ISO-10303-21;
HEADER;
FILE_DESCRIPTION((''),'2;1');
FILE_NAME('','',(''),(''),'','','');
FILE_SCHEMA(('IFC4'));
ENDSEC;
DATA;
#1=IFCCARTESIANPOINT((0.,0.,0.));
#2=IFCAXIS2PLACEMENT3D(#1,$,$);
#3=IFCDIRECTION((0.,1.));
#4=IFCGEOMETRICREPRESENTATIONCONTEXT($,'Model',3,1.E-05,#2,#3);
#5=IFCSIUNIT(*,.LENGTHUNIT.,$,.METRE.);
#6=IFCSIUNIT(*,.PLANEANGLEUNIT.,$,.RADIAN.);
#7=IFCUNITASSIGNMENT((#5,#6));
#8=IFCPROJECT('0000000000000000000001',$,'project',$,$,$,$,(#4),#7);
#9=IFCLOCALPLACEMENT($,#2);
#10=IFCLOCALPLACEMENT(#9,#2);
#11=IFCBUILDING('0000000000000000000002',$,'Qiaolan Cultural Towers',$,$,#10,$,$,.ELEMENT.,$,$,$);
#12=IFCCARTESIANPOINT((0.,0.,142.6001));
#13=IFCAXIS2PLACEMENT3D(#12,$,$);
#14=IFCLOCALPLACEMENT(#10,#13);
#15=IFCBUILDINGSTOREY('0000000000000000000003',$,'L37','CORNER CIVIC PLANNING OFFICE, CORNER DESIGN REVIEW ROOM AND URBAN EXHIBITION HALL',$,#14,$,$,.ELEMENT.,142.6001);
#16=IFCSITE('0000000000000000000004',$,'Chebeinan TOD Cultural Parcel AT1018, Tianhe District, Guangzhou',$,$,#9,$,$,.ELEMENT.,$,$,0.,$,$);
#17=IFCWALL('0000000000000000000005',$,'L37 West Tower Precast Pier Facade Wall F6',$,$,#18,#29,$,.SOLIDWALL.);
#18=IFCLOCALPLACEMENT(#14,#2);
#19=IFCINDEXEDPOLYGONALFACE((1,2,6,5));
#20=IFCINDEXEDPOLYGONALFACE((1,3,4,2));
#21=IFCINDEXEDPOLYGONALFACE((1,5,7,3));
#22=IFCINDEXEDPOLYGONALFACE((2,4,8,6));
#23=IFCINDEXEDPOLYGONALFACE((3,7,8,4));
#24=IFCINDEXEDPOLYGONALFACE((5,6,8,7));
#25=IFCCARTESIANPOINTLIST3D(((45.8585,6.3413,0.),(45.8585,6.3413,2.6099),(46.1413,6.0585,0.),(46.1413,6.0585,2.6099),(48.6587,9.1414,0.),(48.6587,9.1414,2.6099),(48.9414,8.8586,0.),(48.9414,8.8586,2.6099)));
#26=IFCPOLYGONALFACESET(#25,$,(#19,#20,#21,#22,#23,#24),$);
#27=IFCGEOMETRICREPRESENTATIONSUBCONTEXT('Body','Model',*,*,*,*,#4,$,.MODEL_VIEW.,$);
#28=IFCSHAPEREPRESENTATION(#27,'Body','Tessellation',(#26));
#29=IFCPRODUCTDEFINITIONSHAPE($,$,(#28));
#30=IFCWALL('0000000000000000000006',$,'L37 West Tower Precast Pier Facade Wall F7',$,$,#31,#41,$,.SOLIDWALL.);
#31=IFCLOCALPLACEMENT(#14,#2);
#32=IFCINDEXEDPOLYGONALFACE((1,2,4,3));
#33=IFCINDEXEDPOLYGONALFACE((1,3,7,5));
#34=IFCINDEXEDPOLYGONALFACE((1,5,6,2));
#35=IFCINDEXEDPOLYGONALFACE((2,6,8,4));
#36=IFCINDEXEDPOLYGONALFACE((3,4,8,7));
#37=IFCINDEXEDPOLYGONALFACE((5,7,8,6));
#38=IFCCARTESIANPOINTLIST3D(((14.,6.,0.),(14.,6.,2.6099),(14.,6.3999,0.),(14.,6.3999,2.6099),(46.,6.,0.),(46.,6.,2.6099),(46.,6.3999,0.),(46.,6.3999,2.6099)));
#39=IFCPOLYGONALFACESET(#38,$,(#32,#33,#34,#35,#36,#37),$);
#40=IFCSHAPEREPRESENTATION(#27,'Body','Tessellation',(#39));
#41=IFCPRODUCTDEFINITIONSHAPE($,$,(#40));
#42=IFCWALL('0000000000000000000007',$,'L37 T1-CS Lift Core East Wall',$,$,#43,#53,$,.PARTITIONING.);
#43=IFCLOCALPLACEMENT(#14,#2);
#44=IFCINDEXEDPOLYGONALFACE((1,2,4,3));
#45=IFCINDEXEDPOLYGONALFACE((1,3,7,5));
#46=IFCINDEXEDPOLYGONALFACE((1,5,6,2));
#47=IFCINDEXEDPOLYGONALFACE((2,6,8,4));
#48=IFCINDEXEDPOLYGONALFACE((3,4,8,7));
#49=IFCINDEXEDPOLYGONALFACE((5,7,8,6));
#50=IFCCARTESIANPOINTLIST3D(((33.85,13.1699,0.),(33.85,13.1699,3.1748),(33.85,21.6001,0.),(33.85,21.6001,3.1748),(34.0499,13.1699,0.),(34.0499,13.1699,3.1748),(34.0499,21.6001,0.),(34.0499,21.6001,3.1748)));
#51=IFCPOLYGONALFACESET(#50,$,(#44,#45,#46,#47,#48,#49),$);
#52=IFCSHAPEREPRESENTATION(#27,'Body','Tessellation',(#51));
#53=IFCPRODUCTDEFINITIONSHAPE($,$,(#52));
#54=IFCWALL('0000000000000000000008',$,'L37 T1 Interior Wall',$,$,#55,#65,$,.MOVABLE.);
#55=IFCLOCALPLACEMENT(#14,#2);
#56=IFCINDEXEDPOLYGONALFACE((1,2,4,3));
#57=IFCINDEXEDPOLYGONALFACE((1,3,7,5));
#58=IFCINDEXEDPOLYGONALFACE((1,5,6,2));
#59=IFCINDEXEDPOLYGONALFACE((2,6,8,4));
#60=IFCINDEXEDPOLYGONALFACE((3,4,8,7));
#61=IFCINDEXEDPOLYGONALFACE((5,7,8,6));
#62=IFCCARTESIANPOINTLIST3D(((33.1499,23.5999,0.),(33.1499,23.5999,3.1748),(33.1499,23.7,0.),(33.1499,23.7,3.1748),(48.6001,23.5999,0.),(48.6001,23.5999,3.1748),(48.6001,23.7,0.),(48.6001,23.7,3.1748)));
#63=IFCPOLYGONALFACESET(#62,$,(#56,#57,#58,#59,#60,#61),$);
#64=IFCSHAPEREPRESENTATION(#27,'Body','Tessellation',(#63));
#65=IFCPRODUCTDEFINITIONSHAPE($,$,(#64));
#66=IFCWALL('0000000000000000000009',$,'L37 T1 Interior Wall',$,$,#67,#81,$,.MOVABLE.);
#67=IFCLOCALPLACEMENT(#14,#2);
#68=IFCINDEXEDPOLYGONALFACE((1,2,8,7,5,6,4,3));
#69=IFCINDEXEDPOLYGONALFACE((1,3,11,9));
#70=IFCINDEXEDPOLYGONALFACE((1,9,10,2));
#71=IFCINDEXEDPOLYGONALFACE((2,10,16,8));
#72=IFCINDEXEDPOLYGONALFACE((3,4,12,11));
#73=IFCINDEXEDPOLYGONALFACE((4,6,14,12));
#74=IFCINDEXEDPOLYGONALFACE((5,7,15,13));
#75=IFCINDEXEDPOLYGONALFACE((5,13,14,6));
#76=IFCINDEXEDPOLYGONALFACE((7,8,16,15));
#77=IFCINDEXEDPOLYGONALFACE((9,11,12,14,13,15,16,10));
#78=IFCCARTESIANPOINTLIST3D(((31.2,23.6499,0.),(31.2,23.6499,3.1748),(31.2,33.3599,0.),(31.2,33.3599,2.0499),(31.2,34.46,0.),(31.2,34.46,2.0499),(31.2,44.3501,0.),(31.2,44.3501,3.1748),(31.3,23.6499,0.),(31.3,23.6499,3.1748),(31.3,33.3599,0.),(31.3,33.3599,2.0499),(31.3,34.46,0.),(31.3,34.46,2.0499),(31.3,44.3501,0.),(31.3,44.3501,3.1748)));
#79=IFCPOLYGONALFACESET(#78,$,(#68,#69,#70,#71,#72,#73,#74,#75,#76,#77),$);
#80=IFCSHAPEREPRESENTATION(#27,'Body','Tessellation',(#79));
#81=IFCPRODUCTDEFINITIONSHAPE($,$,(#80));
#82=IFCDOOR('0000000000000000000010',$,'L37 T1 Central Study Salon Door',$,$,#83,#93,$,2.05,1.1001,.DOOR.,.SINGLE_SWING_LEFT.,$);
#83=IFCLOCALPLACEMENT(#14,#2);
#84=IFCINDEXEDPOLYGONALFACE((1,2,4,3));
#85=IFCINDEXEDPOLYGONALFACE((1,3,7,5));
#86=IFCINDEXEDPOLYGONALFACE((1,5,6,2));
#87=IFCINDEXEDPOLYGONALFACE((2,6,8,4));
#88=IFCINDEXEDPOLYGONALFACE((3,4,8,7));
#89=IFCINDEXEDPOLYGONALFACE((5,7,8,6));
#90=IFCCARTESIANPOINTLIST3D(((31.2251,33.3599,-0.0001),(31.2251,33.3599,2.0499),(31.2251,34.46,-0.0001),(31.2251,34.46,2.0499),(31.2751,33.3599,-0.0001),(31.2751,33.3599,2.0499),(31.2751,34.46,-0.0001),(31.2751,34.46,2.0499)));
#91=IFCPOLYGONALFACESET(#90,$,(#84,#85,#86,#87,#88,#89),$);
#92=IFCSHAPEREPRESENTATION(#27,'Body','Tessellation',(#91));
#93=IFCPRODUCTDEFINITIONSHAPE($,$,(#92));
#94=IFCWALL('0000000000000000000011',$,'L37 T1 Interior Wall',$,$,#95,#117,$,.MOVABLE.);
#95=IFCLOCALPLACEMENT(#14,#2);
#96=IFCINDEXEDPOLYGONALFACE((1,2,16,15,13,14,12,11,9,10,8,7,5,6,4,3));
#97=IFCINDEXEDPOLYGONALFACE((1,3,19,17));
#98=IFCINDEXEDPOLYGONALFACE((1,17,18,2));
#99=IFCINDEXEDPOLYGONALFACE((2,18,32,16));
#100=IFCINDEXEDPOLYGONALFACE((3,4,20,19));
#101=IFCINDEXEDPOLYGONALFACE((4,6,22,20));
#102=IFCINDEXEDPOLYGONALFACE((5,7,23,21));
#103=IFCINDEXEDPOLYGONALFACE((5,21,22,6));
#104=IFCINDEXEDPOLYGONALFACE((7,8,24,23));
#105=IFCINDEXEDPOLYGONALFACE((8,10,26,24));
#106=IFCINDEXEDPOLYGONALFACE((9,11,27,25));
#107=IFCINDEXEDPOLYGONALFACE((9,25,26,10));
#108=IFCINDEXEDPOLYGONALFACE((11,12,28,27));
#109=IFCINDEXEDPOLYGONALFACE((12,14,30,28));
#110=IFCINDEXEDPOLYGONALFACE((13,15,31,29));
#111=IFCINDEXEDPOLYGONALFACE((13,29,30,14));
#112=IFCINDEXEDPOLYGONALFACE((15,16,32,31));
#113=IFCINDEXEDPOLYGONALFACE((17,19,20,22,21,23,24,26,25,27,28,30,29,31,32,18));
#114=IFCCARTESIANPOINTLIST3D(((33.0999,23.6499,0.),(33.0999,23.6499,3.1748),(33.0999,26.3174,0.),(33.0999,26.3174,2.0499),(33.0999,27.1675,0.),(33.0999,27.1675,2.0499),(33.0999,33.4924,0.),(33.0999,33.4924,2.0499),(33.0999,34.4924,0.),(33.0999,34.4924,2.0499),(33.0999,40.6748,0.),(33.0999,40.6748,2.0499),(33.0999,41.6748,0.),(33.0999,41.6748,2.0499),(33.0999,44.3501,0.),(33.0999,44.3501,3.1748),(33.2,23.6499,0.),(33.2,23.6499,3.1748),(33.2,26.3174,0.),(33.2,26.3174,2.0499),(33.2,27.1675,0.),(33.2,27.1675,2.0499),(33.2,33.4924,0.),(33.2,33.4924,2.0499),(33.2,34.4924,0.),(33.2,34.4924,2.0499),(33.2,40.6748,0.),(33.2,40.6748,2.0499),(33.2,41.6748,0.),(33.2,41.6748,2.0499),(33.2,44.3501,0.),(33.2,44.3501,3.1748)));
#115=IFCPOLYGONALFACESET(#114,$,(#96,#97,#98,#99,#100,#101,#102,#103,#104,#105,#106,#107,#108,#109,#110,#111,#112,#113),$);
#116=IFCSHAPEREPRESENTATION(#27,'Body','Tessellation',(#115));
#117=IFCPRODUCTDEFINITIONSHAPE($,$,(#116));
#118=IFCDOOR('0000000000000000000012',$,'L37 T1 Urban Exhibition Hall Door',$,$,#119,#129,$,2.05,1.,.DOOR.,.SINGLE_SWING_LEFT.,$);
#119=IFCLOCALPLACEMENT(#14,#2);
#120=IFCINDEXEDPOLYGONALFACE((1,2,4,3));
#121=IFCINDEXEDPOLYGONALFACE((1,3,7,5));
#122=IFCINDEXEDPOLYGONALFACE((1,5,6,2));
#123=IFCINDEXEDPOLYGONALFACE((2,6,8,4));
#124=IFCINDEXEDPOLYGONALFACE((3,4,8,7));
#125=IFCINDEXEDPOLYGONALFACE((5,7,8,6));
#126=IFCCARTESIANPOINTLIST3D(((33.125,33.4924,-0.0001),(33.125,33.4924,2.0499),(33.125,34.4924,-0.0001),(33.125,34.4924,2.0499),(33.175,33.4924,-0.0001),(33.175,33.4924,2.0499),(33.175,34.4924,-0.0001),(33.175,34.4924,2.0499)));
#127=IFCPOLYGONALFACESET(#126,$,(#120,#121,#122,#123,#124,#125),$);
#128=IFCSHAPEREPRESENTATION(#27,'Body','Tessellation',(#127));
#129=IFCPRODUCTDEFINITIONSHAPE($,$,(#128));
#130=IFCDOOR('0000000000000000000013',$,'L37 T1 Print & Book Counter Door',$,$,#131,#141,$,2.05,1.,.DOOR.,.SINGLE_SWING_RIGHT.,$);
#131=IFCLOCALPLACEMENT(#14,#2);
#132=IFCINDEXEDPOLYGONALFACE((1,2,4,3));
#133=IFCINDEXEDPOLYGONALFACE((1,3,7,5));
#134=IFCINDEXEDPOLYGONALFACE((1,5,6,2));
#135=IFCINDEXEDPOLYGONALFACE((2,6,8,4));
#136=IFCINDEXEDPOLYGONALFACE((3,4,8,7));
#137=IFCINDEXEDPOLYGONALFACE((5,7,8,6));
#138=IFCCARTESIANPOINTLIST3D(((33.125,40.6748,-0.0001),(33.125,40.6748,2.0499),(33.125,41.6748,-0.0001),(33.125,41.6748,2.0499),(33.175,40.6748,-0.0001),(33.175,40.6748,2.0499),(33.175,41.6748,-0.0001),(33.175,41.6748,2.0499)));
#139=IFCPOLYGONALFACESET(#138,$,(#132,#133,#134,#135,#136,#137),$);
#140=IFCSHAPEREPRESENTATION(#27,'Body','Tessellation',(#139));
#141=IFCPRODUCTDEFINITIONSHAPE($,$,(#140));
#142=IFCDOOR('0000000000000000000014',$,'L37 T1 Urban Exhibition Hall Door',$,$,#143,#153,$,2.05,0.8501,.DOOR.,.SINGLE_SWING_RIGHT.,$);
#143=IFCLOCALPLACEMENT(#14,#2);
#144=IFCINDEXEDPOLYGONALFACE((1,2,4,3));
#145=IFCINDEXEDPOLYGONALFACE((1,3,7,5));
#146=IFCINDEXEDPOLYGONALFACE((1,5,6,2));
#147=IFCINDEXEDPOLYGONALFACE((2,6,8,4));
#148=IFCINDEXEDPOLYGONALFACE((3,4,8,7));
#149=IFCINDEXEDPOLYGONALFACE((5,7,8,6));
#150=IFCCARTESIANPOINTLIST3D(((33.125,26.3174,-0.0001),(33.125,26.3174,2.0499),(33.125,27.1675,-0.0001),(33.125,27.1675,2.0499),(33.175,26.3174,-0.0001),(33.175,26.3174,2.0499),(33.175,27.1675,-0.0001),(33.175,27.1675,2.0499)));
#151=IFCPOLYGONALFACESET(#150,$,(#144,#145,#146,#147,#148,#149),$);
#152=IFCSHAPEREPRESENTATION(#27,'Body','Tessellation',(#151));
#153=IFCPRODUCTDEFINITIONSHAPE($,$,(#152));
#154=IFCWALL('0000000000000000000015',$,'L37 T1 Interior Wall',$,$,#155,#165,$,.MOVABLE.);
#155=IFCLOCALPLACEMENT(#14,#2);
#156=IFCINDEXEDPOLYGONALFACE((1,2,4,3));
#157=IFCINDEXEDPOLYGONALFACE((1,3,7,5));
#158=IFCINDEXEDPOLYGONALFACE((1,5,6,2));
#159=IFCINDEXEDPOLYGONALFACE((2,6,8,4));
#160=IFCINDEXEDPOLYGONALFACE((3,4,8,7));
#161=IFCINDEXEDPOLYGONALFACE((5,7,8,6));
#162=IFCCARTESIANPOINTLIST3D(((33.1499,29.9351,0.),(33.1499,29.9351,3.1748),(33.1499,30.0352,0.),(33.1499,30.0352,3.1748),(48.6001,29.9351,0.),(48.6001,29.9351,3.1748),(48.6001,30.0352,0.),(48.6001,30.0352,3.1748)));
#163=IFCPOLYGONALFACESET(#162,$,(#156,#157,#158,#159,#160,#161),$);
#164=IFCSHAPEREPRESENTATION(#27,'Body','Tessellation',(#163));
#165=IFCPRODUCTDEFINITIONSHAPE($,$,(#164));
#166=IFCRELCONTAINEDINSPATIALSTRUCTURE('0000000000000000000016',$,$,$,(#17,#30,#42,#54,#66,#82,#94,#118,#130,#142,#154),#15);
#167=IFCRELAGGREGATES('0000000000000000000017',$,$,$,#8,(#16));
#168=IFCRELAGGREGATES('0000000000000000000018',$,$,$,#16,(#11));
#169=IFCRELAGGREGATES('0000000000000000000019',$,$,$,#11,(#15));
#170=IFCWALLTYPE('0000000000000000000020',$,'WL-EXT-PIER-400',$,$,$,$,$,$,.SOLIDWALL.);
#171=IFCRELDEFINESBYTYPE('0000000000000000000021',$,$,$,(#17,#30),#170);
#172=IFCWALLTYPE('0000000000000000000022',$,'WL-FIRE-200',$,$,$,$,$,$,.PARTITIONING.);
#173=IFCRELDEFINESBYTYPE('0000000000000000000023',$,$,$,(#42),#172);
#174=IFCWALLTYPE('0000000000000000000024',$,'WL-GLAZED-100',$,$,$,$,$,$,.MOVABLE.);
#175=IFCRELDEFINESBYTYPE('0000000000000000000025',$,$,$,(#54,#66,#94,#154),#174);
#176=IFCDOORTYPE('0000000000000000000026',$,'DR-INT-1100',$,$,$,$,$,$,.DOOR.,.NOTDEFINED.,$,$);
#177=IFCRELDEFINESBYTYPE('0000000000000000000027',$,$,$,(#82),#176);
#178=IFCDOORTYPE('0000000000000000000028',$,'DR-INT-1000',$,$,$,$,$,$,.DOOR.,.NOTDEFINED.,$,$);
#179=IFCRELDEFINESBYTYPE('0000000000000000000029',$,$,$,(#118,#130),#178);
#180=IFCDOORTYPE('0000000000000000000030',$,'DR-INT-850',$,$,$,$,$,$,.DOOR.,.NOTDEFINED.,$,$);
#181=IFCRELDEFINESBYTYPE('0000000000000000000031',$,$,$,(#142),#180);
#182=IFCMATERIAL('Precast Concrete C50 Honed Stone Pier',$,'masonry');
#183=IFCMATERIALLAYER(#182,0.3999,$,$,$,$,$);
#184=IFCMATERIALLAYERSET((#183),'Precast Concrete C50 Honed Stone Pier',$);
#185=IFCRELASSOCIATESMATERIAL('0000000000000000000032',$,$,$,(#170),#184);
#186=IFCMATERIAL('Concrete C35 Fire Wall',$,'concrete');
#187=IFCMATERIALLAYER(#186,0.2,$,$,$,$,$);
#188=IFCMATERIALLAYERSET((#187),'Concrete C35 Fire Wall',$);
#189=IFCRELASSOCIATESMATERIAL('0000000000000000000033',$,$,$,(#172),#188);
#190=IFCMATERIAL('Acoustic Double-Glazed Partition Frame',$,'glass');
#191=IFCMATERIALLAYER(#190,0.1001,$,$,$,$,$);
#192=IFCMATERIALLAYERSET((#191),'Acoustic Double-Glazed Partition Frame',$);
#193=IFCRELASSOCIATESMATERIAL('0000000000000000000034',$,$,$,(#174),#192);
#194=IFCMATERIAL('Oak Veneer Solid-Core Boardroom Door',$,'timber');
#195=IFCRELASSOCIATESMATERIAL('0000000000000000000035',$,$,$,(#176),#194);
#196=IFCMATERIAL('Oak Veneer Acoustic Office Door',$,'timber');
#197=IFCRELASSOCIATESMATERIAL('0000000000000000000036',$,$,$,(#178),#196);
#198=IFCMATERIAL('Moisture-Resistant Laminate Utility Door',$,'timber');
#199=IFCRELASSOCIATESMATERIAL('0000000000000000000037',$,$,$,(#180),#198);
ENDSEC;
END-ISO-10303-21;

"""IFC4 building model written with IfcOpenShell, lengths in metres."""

from ifc_helpers import new_model, si_unit, direction, frame, frame_2d, origin, place, context, subcontext, project, spatial, rectangle, extrude, material, layer, layer_set, type_object, element, fill, save


model = new_model("IFC4")

# Units and contexts
model_context = context("Model", 3, precision=1e-05, world=origin(), true_north=direction((0.0, 1.0)))
body_context = subcontext(model_context, "Body", "Model", "MODEL_VIEW")
ifc_project = project(units=[si_unit("LENGTHUNIT", "METRE"), si_unit("PLANEANGLEUNIT", "RADIAN")], contexts=[model_context])

# Site, building, storey
site_placement = place(None, origin())
site = spatial("IfcSite", under=ifc_project, at=site_placement, Name="Chebeinan TOD Cultural Parcel AT1018, Tianhe District, Guangzhou", CompositionType="ELEMENT", RefElevation=0.0)
building_placement = place(site_placement, origin())
building = spatial("IfcBuilding", under=site, at=building_placement, Name="Qiaolan Cultural Towers", CompositionType="ELEMENT")
storey_placement = place(building_placement, frame((0.0, 0.0, 142.6001)))
storey = spatial("IfcBuildingStorey", under=building, at=storey_placement, Name="L37", Description="CORNER CIVIC PLANNING OFFICE, CORNER DESIGN REVIEW ROOM AND URBAN EXHIBITION HALL", CompositionType="ELEMENT", Elevation=142.6001)

# Walls
ifc_material_1 = material(Name="Precast Concrete C50 Honed Stone Pier", Category="masonry")
ifc_layer_1 = layer(ifc_material_1, 0.3999)
ifc_layer_set_1 = layer_set([ifc_layer_1], Name="Precast Concrete C50 Honed Stone Pier")
wall_type_1 = type_object("IfcWallType", Name="WL-EXT-PIER-400", PredefinedType="SOLIDWALL", material=ifc_layer_set_1)
wall_1_placement = place(storey_placement, frame((48.8, 9.0, 0.0), z_axis=(0.0, 0.0, 1.0), x_axis=(-0.707107, -0.707107, 0.0)))
element("IfcWall", 1, at=wall_1_placement, inside=storey, type_object=wall_type_1, Name="L37 West Tower Precast Pier Facade Wall F6", PredefinedType="SOLIDWALL", context=body_context, shape_type="SweptSolid", body=[
    extrude(rectangle(XDim=3.96, YDim=0.3999, at=frame_2d((1.98, 0.0))), origin(), (0.0, 0.0, 1.0), 2.6099),
])
wall_2_placement = place(storey_placement, frame((46.0, 6.2, 0.0), z_axis=(0.0, 0.0, 1.0), x_axis=(-1.0, 0.0, 0.0)))
element("IfcWall", 2, at=wall_2_placement, inside=storey, type_object=wall_type_1, Name="L37 West Tower Precast Pier Facade Wall F7", PredefinedType="SOLIDWALL", context=body_context, shape_type="SweptSolid", body=[
    extrude(rectangle(XDim=32.0, YDim=0.3999, at=frame_2d((16.0, 0.0))), origin(), (0.0, 0.0, 1.0), 2.6099),
])
ifc_material_2 = material(Name="Concrete C35 Fire Wall", Category="concrete")
ifc_layer_2 = layer(ifc_material_2, 0.2)
ifc_layer_set_2 = layer_set([ifc_layer_2], Name="Concrete C35 Fire Wall")
wall_type_2 = type_object("IfcWallType", Name="WL-FIRE-200", PredefinedType="PARTITIONING", material=ifc_layer_set_2)
wall_3_placement = place(storey_placement, frame((33.95, 21.6001, 0.0), z_axis=(0.0, 0.0, 1.0), x_axis=(0.0, -1.0, 0.0)))
element("IfcWall", 3, at=wall_3_placement, inside=storey, type_object=wall_type_2, Name="L37 T1-CS Lift Core East Wall", PredefinedType="PARTITIONING", context=body_context, shape_type="SweptSolid", body=[
    extrude(rectangle(XDim=8.4302, YDim=0.2, at=frame_2d((4.2151, 0.0))), origin(), (0.0, 0.0, 1.0), 3.1748),
])
ifc_material_3 = material(Name="Acoustic Double-Glazed Partition Frame", Category="glass")
ifc_layer_3 = layer(ifc_material_3, 0.1001)
ifc_layer_set_3 = layer_set([ifc_layer_3], Name="Acoustic Double-Glazed Partition Frame")
wall_type_3 = type_object("IfcWallType", Name="WL-GLAZED-100", PredefinedType="MOVABLE", material=ifc_layer_set_3)
wall_4_placement = place(storey_placement, frame((33.1499, 23.6499, 0.0), z_axis=(0.0, 0.0, 1.0), x_axis=(1.0, 0.0, 0.0)))
element("IfcWall", 4, at=wall_4_placement, inside=storey, type_object=wall_type_3, Name="L37 T1 Interior Wall", PredefinedType="MOVABLE", context=body_context, shape_type="SweptSolid", body=[
    extrude(rectangle(XDim=15.4502, YDim=0.1001, at=frame_2d((7.7251, 0.0))), origin(), (0.0, 0.0, 1.0), 3.1748),
])

# Wall, opening, door
wall_5_placement = place(storey_placement, frame((31.25, 23.6499, 0.0), z_axis=(0.0, 0.0, 1.0), x_axis=(0.0, 1.0, 0.0)))
wall_5 = element("IfcWall", 5, at=wall_5_placement, inside=storey, type_object=wall_type_3, Name="L37 T1 Interior Wall", PredefinedType="MOVABLE", context=body_context, shape_type="SweptSolid", body=[
    extrude(rectangle(XDim=20.7002, YDim=0.1001, at=frame_2d((10.3501, 0.0))), origin(), (0.0, 0.0, 1.0), 3.1748),
])
opening_1_placement = place(wall_5_placement, frame((9.71, 0.0, 0.0)))
opening_1 = element("IfcOpeningElement", 6, at=opening_1_placement, cuts=wall_5, PredefinedType="OPENING", context=body_context, shape_type="SweptSolid", body=[
    extrude(rectangle(XDim=1.1001, YDim=2.05, at=frame_2d((0.55, 1.0249))), frame((0.0, 0.0601, 0.0), z_axis=(0.0, -1.0, 0.0), x_axis=(1.0, 0.0, 0.0)), (0.0, 0.0, 1.0), 0.1201),
])
ifc_material_4 = material(Name="Oak Veneer Solid-Core Boardroom Door", Category="timber")
door_type_1 = type_object("IfcDoorType", Name="DR-INT-1100", OperationType="NOTDEFINED", PredefinedType="DOOR", material=ifc_material_4)
door_1_placement = place(opening_1_placement, origin())
door_1 = element("IfcDoor", 7, at=door_1_placement, inside=storey, type_object=door_type_1, Name="L37 T1 Central Study Salon Door", OperationType="SINGLE_SWING_LEFT", OverallHeight=2.05, OverallWidth=1.1001, PredefinedType="DOOR", context=body_context, shape_type="SweptSolid", body=[
    extrude(rectangle(XDim=1.1001, YDim=2.05, at=frame_2d((0.55, 1.0249))), frame((0.0, 0.0249, 0.0), z_axis=(0.0, -1.0, 0.0), x_axis=(1.0, 0.0, 0.0)), (0.0, 0.0, 1.0), 0.05),
])
fill(opening_1, door_1)

# Wall, openings, doors
wall_6_placement = place(storey_placement, frame((33.1499, 23.6499, 0.0), z_axis=(0.0, 0.0, 1.0), x_axis=(0.0, 1.0, 0.0)))
wall_6 = element("IfcWall", 8, at=wall_6_placement, inside=storey, type_object=wall_type_3, Name="L37 T1 Interior Wall", PredefinedType="MOVABLE", context=body_context, shape_type="SweptSolid", body=[
    extrude(rectangle(XDim=20.7002, YDim=0.1001, at=frame_2d((10.3501, 0.0))), origin(), (0.0, 0.0, 1.0), 3.1748),
])
opening_2_placement = place(wall_6_placement, frame((2.6675, 0.0, 0.0)))
opening_2 = element("IfcOpeningElement", 9, at=opening_2_placement, cuts=wall_6, PredefinedType="OPENING", context=body_context, shape_type="SweptSolid", body=[
    extrude(rectangle(XDim=0.8501, YDim=2.05, at=frame_2d((0.425, 1.0249))), frame((0.0, 0.0601, 0.0), z_axis=(0.0, -1.0, 0.0), x_axis=(1.0, 0.0, 0.0)), (0.0, 0.0, 1.0), 0.1201),
])
opening_3_placement = place(wall_6_placement, frame((9.8425, 0.0, 0.0)))
opening_3 = element("IfcOpeningElement", 10, at=opening_3_placement, cuts=wall_6, PredefinedType="OPENING", context=body_context, shape_type="SweptSolid", body=[
    extrude(rectangle(XDim=1.0, YDim=2.05, at=frame_2d((0.5, 1.0249))), frame((0.0, 0.0601, 0.0), z_axis=(0.0, -1.0, 0.0), x_axis=(1.0, 0.0, 0.0)), (0.0, 0.0, 1.0), 0.1201),
])
opening_4_placement = place(wall_6_placement, frame((17.0249, 0.0, 0.0)))
opening_4 = element("IfcOpeningElement", 11, at=opening_4_placement, cuts=wall_6, PredefinedType="OPENING", context=body_context, shape_type="SweptSolid", body=[
    extrude(rectangle(XDim=1.0, YDim=2.05, at=frame_2d((0.5, 1.0249))), frame((0.0, 0.0601, 0.0), z_axis=(0.0, -1.0, 0.0), x_axis=(1.0, 0.0, 0.0)), (0.0, 0.0, 1.0), 0.1201),
])
ifc_material_5 = material(Name="Oak Veneer Acoustic Office Door", Category="timber")
door_type_2 = type_object("IfcDoorType", Name="DR-INT-1000", OperationType="NOTDEFINED", PredefinedType="DOOR", material=ifc_material_5)
door_2_placement = place(opening_3_placement, origin())
door_2 = element("IfcDoor", 12, at=door_2_placement, inside=storey, type_object=door_type_2, Name="L37 T1 Urban Exhibition Hall Door", OperationType="SINGLE_SWING_LEFT", OverallHeight=2.05, OverallWidth=1.0, PredefinedType="DOOR", context=body_context, shape_type="SweptSolid", body=[
    extrude(rectangle(XDim=1.0, YDim=2.05, at=frame_2d((0.5, 1.0249))), frame((0.0, 0.0249, 0.0), z_axis=(0.0, -1.0, 0.0), x_axis=(1.0, 0.0, 0.0)), (0.0, 0.0, 1.0), 0.05),
])
fill(opening_3, door_2)
door_3_placement = place(opening_4_placement, origin())
door_3 = element("IfcDoor", 13, at=door_3_placement, inside=storey, type_object=door_type_2, Name="L37 T1 Print & Book Counter Door", OperationType="SINGLE_SWING_RIGHT", OverallHeight=2.05, OverallWidth=1.0, PredefinedType="DOOR", context=body_context, shape_type="SweptSolid", body=[
    extrude(rectangle(XDim=1.0, YDim=2.05, at=frame_2d((0.5, 1.0249))), frame((0.0, 0.0249, 0.0), z_axis=(0.0, -1.0, 0.0), x_axis=(1.0, 0.0, 0.0)), (0.0, 0.0, 1.0), 0.05),
])
fill(opening_4, door_3)
ifc_material_6 = material(Name="Moisture-Resistant Laminate Utility Door", Category="timber")
door_type_3 = type_object("IfcDoorType", Name="DR-INT-850", OperationType="NOTDEFINED", PredefinedType="DOOR", material=ifc_material_6)
door_4_placement = place(opening_2_placement, origin())
door_4 = element("IfcDoor", 14, at=door_4_placement, inside=storey, type_object=door_type_3, Name="L37 T1 Urban Exhibition Hall Door", OperationType="SINGLE_SWING_RIGHT", OverallHeight=2.05, OverallWidth=0.8501, PredefinedType="DOOR", context=body_context, shape_type="SweptSolid", body=[
    extrude(rectangle(XDim=0.8501, YDim=2.05, at=frame_2d((0.425, 1.0249))), frame((0.0, 0.0249, 0.0), z_axis=(0.0, -1.0, 0.0), x_axis=(1.0, 0.0, 0.0)), (0.0, 0.0, 1.0), 0.05),
])
fill(opening_2, door_4)

# Wall
wall_7_placement = place(storey_placement, frame((33.1499, 29.9851, 0.0), z_axis=(0.0, 0.0, 1.0), x_axis=(1.0, 0.0, 0.0)))
element("IfcWall", 15, at=wall_7_placement, inside=storey, type_object=wall_type_3, Name="L37 T1 Interior Wall", PredefinedType="MOVABLE", context=body_context, shape_type="SweptSolid", body=[
    extrude(rectangle(XDim=15.4502, YDim=0.1001, at=frame_2d((7.7251, 0.0))), origin(), (0.0, 0.0, 1.0), 3.1748),
])

save(model, "model.ifc")
